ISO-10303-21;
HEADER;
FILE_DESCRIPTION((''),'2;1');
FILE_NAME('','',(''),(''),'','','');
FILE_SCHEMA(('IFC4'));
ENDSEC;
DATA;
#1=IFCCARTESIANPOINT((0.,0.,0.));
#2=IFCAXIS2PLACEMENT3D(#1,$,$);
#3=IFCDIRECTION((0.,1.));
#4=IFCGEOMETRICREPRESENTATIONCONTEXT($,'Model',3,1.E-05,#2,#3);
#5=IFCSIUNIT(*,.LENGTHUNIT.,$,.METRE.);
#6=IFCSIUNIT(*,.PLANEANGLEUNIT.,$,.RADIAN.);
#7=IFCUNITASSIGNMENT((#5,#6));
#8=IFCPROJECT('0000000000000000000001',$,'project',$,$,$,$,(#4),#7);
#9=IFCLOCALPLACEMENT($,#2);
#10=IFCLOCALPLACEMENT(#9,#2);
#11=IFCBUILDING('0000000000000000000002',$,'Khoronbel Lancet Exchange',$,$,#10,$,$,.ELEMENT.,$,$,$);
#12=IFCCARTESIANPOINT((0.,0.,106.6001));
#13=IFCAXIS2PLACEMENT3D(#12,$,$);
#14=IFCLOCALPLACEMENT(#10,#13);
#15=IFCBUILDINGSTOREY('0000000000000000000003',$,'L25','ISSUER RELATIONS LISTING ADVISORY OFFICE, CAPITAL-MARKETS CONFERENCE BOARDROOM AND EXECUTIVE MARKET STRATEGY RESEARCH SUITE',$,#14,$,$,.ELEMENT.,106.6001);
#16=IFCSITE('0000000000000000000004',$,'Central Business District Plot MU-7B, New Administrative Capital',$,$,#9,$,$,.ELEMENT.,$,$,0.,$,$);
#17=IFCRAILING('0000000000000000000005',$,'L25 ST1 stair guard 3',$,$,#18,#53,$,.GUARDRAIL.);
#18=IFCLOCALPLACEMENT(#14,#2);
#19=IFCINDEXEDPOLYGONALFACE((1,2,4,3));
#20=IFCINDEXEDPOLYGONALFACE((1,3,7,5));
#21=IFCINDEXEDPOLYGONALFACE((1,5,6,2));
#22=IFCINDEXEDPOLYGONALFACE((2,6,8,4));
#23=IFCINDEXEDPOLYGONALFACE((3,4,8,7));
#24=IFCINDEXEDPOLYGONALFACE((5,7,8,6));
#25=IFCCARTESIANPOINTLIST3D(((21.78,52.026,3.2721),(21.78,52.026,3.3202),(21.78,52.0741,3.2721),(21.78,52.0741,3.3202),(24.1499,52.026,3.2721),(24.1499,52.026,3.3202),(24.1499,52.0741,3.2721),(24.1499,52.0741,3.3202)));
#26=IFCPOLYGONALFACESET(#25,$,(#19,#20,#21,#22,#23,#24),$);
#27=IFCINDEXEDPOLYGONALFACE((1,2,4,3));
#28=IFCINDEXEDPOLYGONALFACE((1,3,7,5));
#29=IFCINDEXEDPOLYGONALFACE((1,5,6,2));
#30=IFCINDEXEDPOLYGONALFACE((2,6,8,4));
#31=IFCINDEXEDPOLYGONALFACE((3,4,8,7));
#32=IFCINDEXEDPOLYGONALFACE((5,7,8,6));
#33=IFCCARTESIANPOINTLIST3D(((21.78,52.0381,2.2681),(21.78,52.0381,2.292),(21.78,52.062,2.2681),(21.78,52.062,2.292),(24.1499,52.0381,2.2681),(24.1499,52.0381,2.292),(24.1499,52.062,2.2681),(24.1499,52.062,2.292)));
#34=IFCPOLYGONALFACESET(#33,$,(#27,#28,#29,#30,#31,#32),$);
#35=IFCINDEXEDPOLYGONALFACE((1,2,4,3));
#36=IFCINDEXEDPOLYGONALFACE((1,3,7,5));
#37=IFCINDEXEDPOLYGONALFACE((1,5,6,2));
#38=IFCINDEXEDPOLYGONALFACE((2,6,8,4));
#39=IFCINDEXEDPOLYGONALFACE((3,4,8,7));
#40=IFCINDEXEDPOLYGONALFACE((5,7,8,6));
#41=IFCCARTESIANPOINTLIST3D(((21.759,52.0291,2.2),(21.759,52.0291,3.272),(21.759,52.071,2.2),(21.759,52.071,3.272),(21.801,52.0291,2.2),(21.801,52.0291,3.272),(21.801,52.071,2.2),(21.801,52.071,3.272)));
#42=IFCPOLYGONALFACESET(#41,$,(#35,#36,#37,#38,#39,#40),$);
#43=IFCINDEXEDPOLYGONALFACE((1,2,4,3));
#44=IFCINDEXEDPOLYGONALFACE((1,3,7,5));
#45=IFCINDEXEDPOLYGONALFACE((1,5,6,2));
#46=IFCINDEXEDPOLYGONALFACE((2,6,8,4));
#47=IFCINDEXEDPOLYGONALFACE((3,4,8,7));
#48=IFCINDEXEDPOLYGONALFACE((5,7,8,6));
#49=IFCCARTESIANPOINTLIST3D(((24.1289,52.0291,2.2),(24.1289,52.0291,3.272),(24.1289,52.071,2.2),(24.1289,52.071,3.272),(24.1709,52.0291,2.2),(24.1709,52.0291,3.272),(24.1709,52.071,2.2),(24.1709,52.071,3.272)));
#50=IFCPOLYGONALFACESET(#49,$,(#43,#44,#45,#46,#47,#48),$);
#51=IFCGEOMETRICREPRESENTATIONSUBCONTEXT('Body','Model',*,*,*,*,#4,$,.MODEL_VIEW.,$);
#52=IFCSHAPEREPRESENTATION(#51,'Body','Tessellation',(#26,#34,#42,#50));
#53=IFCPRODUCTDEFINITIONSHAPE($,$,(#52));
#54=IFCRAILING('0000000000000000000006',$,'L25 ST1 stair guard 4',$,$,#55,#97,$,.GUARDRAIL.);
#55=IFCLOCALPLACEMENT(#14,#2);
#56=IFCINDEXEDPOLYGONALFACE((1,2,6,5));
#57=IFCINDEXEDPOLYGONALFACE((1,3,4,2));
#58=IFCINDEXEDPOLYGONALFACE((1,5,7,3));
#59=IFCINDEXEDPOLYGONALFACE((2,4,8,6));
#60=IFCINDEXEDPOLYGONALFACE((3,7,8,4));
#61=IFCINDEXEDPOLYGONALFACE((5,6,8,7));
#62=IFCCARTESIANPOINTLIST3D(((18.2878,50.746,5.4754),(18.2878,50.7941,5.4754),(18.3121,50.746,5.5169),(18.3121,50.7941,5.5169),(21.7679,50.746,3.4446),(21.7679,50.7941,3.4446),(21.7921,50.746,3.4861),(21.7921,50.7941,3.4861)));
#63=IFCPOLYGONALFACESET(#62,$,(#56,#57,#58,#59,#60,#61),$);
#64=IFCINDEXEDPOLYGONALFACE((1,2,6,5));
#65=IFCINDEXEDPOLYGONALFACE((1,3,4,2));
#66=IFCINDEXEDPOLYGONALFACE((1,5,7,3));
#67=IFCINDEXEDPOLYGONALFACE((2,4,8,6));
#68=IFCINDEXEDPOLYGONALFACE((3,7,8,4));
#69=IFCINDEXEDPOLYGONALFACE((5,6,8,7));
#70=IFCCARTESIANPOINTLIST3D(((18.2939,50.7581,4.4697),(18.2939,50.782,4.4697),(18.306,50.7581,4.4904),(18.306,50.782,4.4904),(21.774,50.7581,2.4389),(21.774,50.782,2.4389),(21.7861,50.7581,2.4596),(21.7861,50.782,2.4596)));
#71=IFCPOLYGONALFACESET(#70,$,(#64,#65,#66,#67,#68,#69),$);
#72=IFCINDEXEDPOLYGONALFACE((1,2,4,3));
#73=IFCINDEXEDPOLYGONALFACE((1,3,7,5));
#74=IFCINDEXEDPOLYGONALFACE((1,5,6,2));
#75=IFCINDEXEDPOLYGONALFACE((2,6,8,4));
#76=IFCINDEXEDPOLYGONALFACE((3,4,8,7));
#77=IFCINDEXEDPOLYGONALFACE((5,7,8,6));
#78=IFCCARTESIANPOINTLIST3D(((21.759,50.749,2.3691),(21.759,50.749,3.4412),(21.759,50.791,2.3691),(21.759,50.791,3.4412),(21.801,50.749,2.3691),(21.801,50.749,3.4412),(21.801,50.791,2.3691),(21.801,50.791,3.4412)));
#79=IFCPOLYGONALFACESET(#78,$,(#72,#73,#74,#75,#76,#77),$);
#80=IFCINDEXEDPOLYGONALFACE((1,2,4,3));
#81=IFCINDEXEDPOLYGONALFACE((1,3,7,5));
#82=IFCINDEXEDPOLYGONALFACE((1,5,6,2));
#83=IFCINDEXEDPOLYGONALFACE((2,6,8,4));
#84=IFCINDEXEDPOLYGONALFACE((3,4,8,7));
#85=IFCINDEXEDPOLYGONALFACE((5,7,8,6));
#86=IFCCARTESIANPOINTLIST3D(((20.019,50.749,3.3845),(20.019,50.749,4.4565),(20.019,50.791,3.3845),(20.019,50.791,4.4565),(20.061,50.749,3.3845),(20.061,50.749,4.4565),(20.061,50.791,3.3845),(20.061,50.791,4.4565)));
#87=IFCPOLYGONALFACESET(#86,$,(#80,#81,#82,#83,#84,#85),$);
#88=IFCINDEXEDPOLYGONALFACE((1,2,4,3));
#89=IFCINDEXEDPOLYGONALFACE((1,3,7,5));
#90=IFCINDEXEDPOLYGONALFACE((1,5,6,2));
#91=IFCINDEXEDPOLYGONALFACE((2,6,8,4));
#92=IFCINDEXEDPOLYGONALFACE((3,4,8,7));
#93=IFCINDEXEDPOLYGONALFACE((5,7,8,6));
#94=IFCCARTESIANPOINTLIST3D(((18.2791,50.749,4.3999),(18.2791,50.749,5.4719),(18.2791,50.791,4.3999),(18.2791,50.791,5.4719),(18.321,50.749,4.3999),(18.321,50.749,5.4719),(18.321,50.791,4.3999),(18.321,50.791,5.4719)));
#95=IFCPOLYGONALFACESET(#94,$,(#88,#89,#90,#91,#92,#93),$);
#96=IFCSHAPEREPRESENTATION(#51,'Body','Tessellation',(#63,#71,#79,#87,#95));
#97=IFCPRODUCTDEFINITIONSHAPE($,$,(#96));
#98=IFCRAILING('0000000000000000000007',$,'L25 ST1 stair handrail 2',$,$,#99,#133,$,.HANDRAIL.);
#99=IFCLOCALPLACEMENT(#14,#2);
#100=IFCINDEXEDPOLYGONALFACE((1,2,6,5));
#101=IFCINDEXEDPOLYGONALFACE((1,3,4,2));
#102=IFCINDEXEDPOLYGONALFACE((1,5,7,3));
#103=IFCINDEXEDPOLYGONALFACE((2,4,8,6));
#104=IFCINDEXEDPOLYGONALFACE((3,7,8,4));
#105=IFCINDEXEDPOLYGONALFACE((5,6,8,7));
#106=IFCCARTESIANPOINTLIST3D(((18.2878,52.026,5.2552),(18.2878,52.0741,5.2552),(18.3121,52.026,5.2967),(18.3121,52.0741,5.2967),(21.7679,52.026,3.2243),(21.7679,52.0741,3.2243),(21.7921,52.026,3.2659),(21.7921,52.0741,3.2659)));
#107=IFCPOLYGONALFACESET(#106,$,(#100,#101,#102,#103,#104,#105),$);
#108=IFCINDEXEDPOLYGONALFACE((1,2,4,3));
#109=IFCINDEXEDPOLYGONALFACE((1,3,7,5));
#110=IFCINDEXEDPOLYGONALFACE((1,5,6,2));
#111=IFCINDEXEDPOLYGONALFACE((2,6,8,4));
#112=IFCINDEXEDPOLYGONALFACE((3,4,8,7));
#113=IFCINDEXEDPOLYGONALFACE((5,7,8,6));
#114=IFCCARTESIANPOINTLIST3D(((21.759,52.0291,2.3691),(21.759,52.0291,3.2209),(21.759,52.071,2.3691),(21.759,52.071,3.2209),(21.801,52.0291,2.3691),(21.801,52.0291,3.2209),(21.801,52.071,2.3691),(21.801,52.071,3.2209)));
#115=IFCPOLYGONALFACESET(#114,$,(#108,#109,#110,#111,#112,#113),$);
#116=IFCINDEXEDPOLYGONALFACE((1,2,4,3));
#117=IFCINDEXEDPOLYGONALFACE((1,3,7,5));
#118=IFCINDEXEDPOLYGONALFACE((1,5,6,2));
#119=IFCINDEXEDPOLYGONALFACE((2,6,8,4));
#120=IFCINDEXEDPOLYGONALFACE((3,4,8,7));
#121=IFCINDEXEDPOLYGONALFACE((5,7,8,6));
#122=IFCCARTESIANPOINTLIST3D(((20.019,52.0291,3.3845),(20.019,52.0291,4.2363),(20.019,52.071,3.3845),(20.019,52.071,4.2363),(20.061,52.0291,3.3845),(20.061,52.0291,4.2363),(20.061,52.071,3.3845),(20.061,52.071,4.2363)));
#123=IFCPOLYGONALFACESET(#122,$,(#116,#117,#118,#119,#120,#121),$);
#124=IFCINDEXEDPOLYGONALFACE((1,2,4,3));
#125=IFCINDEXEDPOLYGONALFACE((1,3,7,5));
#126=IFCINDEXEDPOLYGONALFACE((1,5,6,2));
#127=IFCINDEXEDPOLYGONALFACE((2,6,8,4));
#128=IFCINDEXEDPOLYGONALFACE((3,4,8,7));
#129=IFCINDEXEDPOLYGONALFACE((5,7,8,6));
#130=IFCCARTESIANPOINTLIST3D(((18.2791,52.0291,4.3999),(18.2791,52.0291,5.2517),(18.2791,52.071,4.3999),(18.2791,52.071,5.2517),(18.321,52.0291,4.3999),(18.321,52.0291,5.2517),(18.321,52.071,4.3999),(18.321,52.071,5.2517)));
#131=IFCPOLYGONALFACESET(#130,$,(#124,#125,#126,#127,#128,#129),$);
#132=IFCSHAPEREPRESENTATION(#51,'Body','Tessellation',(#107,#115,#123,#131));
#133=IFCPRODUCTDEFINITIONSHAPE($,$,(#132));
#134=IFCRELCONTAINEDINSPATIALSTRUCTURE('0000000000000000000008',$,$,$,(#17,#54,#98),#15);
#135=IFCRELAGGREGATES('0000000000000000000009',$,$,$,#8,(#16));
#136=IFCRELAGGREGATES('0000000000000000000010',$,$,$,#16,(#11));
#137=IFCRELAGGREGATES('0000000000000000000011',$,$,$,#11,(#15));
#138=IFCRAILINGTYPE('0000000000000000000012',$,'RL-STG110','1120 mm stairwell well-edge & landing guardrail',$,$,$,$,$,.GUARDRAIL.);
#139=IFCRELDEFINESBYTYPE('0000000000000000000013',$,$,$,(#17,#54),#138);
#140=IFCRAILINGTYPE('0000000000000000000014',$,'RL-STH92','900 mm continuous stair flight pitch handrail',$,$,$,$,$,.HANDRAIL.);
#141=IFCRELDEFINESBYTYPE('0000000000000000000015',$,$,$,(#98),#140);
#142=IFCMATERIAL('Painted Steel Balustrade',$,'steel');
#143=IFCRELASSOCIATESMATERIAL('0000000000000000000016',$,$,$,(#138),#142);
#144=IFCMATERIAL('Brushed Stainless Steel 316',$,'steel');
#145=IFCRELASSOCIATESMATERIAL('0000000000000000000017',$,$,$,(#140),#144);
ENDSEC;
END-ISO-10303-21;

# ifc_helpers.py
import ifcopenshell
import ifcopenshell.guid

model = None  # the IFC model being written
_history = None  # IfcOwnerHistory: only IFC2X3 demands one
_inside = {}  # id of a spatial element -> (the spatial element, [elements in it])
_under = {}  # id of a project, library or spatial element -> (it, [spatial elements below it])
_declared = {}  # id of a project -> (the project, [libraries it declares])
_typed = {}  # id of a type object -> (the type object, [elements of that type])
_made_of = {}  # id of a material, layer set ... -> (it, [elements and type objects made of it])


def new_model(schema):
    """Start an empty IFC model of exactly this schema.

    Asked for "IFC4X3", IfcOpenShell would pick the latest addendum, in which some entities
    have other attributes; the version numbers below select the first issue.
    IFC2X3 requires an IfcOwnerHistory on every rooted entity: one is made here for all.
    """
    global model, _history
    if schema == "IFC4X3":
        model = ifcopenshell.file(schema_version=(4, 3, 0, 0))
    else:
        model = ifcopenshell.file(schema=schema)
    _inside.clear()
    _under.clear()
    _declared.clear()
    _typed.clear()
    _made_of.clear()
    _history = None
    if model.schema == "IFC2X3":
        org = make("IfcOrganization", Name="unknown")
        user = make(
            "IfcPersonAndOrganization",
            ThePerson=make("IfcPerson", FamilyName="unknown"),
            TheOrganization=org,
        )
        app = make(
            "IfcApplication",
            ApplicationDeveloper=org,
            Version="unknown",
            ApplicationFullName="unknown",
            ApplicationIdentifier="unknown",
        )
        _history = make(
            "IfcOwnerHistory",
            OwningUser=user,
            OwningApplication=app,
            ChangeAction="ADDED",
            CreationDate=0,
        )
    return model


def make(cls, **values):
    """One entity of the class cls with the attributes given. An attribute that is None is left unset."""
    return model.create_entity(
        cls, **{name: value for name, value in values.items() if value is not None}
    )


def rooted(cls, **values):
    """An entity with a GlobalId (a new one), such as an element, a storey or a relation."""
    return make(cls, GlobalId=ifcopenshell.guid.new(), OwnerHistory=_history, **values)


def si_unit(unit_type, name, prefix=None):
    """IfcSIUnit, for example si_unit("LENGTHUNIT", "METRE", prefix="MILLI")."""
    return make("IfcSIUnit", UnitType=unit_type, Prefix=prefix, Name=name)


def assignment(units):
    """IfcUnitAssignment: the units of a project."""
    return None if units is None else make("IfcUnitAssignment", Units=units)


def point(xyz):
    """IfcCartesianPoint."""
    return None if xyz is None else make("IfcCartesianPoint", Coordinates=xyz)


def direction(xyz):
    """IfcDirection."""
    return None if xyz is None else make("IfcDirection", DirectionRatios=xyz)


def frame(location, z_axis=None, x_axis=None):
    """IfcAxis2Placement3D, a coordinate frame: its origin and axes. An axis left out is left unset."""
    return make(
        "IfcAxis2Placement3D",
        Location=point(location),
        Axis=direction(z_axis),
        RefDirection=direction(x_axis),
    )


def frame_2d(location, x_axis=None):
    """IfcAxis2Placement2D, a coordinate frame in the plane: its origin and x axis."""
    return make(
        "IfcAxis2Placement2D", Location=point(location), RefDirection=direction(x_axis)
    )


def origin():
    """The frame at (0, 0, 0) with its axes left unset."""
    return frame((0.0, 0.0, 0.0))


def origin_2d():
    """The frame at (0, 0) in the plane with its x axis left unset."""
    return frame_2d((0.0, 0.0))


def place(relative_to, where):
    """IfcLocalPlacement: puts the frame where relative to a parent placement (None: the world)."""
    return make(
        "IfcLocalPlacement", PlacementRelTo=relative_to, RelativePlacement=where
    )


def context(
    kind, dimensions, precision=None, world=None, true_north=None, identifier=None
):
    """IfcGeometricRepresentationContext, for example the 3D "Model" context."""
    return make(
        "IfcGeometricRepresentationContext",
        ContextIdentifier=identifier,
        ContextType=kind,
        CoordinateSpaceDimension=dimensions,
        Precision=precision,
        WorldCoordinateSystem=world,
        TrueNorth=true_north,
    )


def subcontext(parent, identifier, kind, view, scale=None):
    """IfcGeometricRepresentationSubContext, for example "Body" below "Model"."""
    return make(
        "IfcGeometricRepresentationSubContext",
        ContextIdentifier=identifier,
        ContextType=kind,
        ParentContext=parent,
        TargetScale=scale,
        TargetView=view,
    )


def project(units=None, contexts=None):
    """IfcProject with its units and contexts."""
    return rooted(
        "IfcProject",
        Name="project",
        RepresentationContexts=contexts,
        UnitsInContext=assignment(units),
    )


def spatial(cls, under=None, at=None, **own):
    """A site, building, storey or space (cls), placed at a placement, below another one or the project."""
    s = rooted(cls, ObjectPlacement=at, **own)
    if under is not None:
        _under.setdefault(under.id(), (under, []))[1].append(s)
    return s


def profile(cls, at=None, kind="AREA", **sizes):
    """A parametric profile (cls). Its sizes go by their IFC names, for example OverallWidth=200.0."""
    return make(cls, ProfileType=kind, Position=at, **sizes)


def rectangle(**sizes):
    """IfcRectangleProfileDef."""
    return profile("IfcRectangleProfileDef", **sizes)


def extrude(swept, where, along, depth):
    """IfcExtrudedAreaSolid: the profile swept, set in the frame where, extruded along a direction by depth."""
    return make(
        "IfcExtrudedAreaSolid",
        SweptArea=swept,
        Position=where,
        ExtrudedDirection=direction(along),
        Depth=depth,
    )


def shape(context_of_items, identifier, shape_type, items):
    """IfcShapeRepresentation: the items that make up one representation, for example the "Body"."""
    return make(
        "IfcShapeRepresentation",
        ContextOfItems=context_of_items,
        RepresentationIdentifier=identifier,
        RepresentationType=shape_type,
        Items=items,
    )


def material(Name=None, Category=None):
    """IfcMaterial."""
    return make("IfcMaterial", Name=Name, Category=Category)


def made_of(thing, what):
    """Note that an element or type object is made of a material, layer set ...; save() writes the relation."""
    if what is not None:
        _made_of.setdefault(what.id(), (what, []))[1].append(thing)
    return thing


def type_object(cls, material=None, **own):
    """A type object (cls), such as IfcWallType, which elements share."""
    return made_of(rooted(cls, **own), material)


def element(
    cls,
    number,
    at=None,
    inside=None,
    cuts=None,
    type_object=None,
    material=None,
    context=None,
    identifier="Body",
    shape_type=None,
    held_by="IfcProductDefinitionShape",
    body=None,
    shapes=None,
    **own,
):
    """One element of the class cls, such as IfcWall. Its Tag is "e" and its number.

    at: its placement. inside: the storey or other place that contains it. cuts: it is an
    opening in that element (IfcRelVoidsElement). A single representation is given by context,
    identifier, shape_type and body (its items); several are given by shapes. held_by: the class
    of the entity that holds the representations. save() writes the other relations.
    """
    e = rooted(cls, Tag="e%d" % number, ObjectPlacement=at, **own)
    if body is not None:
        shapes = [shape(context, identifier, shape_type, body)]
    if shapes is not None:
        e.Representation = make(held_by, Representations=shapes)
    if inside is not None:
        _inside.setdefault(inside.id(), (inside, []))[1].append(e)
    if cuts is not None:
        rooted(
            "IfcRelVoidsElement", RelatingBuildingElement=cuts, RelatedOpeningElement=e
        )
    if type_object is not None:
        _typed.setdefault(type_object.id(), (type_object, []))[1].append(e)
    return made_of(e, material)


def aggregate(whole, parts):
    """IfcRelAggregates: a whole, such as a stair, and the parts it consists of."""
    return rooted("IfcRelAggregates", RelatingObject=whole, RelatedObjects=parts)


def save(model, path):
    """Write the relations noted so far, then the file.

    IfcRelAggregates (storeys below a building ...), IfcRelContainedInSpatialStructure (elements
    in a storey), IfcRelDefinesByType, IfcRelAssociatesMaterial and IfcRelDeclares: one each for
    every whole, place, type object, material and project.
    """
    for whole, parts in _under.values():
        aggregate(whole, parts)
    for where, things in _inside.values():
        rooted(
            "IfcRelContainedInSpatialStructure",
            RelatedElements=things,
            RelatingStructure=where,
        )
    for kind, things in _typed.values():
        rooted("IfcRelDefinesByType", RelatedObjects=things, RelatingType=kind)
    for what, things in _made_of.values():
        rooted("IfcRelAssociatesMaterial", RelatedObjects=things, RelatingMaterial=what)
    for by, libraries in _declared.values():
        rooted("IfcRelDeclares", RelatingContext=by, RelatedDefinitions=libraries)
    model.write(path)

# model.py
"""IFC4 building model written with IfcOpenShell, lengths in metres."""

from ifc_helpers import new_model, si_unit, direction, frame, origin, origin_2d, place, context, subcontext, project, spatial, rectangle, extrude, material, type_object, element, save


model = new_model("IFC4")

# Units and contexts
model_context = context("Model", 3, precision=1e-05, world=origin(), true_north=direction((0.0, 1.0)))
body_context = subcontext(model_context, "Body", "Model", "MODEL_VIEW")
ifc_project = project(units=[si_unit("LENGTHUNIT", "METRE"), si_unit("PLANEANGLEUNIT", "RADIAN")], contexts=[model_context])

# Site, building, storey
site_placement = place(None, origin())
site = spatial("IfcSite", under=ifc_project, at=site_placement, Name="Central Business District Plot MU-7B, New Administrative Capital", CompositionType="ELEMENT", RefElevation=0.0)
building_placement = place(site_placement, origin())
building = spatial("IfcBuilding", under=site, at=building_placement, Name="Khoronbel Lancet Exchange", CompositionType="ELEMENT")
storey_placement = place(building_placement, frame((0.0, 0.0, 106.6001)))
storey = spatial("IfcBuildingStorey", under=building, at=storey_placement, Name="L25", Description="ISSUER RELATIONS LISTING ADVISORY OFFICE, CAPITAL-MARKETS CONFERENCE BOARDROOM AND EXECUTIVE MARKET STRATEGY RESEARCH SUITE", CompositionType="ELEMENT", Elevation=106.6001)

# Railings
ifc_material_1 = material(Name="Painted Steel Balustrade", Category="steel")
railing_type_1 = type_object("IfcRailingType", Name="RL-STG110", Description="1120 mm stairwell well-edge & landing guardrail", PredefinedType="GUARDRAIL", material=ifc_material_1)
railing_1_placement = place(storey_placement, frame((21.78, 52.05, 2.2)))
element("IfcRailing", 1, at=railing_1_placement, inside=storey, type_object=railing_type_1, Name="L25 ST1 stair guard 3", PredefinedType="GUARDRAIL", context=body_context, shape_type="SweptSolid", body=[
    extrude(rectangle(XDim=0.0481, YDim=0.0481, at=origin_2d()), frame((0.0, 0.0, 1.0962), z_axis=(1.0, 0.0, 0.0), x_axis=(0.0, 1.0, 0.0)), (0.0, 0.0, 1.0), 2.3699),
    extrude(rectangle(XDim=0.0239, YDim=0.0239, at=origin_2d()), frame((0.0, 0.0, 0.0801), z_axis=(1.0, 0.0, 0.0), x_axis=(0.0, 1.0, 0.0)), (0.0, 0.0, 1.0), 2.3699),
    extrude(rectangle(XDim=0.042, YDim=0.042, at=origin_2d()), origin(), (0.0, 0.0, 1.0), 1.072),
    extrude(rectangle(XDim=0.042, YDim=0.042, at=origin_2d()), frame((2.3699, 0.0, 0.0)), (0.0, 0.0, 1.0), 1.072),
])
railing_2_placement = place(storey_placement, frame((21.78, 50.77, 2.3691)))
element("IfcRailing", 2, at=railing_2_placement, inside=storey, type_object=railing_type_1, Name="L25 ST1 stair guard 4", PredefinedType="GUARDRAIL", context=body_context, shape_type="SweptSolid", body=[
    extrude(rectangle(XDim=0.0481, YDim=0.0481, at=origin_2d()), frame((0.0, 0.0, 1.0962), z_axis=(-0.863695, 0.0, 0.504014), x_axis=(0.0, -1.0, 0.0)), (0.0, 0.0, 1.0), 4.0293),
    extrude(rectangle(XDim=0.0239, YDim=0.0239, at=origin_2d()), frame((0.0, 0.0, 0.0801), z_axis=(-0.863695, 0.0, 0.504014), x_axis=(0.0, -1.0, 0.0)), (0.0, 0.0, 1.0), 4.0293),
    extrude(rectangle(XDim=0.042, YDim=0.042, at=origin_2d()), origin(), (0.0, 0.0, 1.0), 1.072),
    extrude(rectangle(XDim=0.042, YDim=0.042, at=origin_2d()), frame((-1.74, 0.0, 1.0154)), (0.0, 0.0, 1.0), 1.072),
    extrude(rectangle(XDim=0.042, YDim=0.042, at=origin_2d()), frame((-3.48, 0.0, 2.0308)), (0.0, 0.0, 1.0), 1.072),
])
ifc_material_2 = material(Name="Brushed Stainless Steel 316", Category="steel")
railing_type_2 = type_object("IfcRailingType", Name="RL-STH92", Description="900 mm continuous stair flight pitch handrail", PredefinedType="HANDRAIL", material=ifc_material_2)
railing_3_placement = place(storey_placement, frame((21.78, 52.05, 2.3691)))
element("IfcRailing", 3, at=railing_3_placement, inside=storey, type_object=railing_type_2, Name="L25 ST1 stair handrail 2", PredefinedType="HANDRAIL", context=body_context, shape_type="SweptSolid", body=[
    extrude(rectangle(XDim=0.0481, YDim=0.0481, at=origin_2d()), frame((0.0, 0.0, 0.876), z_axis=(-0.863695, 0.0, 0.504014), x_axis=(0.0, -1.0, 0.0)), (0.0, 0.0, 1.0), 4.0293),
    extrude(rectangle(XDim=0.042, YDim=0.042, at=origin_2d()), origin(), (0.0, 0.0, 1.0), 0.8518),
    extrude(rectangle(XDim=0.042, YDim=0.042, at=origin_2d()), frame((-1.74, 0.0, 1.0154)), (0.0, 0.0, 1.0), 0.8518),
    extrude(rectangle(XDim=0.042, YDim=0.042, at=origin_2d()), frame((-3.48, 0.0, 2.0308)), (0.0, 0.0, 1.0), 0.8518),
])

save(model, "model.ifc")
